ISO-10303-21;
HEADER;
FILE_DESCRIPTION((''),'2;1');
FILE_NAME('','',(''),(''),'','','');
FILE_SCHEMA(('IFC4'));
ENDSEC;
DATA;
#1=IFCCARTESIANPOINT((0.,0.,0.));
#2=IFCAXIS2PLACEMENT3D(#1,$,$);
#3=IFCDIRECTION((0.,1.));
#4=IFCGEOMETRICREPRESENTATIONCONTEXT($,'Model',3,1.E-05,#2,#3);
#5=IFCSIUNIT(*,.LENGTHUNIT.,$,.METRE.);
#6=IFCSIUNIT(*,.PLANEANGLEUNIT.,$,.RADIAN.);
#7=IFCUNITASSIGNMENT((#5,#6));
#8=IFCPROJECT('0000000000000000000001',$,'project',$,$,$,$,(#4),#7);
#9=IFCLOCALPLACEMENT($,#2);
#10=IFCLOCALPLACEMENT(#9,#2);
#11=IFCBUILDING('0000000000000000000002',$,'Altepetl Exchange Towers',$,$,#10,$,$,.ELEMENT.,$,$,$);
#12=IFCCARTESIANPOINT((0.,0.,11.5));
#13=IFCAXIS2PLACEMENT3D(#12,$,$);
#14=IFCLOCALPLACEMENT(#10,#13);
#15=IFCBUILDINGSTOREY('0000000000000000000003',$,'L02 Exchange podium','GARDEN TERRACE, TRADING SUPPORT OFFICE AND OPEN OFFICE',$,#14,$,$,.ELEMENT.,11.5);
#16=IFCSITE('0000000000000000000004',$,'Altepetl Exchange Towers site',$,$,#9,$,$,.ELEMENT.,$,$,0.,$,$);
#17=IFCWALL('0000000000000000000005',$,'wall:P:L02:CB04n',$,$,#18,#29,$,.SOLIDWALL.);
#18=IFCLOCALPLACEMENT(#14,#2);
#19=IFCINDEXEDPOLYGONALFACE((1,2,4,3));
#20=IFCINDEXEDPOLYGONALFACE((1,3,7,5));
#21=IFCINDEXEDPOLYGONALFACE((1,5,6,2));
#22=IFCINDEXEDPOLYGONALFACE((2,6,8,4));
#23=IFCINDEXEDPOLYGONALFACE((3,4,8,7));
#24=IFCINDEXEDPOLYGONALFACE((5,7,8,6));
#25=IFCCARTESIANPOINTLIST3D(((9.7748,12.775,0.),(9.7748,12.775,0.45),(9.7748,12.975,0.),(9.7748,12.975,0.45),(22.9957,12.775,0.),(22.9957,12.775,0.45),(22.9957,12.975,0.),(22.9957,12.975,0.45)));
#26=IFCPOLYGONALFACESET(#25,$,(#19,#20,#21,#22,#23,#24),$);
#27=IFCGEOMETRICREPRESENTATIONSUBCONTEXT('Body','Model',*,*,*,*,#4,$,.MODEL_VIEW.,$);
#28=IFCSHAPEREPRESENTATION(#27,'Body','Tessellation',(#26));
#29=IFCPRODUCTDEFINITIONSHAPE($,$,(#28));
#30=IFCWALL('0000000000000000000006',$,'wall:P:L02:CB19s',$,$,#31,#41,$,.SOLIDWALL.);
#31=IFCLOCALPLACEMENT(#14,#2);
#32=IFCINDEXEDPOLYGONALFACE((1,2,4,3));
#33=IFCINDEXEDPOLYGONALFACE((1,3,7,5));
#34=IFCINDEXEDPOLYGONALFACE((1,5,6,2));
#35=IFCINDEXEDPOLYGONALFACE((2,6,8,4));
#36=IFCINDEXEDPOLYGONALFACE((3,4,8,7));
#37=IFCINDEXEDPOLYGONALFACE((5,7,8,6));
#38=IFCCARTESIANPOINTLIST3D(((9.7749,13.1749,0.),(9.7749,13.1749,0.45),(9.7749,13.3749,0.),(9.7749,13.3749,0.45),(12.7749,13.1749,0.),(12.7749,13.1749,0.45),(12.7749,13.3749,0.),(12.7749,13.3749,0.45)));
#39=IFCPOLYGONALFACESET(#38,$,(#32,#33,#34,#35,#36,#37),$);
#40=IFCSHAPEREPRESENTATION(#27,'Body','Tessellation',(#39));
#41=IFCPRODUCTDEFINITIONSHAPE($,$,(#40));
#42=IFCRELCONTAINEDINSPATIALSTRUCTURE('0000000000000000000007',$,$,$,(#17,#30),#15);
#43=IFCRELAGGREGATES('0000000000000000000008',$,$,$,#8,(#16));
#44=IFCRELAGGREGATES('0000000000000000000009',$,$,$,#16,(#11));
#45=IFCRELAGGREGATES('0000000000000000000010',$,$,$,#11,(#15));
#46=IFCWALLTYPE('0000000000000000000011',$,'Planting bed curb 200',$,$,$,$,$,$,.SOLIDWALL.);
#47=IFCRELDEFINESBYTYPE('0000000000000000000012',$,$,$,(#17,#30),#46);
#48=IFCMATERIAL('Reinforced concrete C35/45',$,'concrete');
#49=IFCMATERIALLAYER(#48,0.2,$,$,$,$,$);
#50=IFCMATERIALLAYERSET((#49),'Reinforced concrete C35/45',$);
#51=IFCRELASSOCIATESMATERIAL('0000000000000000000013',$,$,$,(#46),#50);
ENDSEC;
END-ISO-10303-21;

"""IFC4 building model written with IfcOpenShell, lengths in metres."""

from ifc_helpers import new_model, si_unit, direction, frame, frame_2d, origin, place, context, subcontext, project, spatial, rectangle, extrude, material, layer, layer_set, type_object, element, save


model = new_model("IFC4")

# Units and contexts
model_context = context("Model", 3, precision=1e-05, world=origin(), true_north=direction((0.0, 1.0)))
body_context = subcontext(model_context, "Body", "Model", "MODEL_VIEW")
ifc_project = project(units=[si_unit("LENGTHUNIT", "METRE"), si_unit("PLANEANGLEUNIT", "RADIAN")], contexts=[model_context])

# Site, building, storey
site_placement = place(None, origin())
site = spatial("IfcSite", under=ifc_project, at=site_placement, Name="Altepetl Exchange Towers site", CompositionType="ELEMENT", RefElevation=0.0)
building_placement = place(site_placement, origin())
building = spatial("IfcBuilding", under=site, at=building_placement, Name="Altepetl Exchange Towers", CompositionType="ELEMENT")
storey_placement = place(building_placement, frame((0.0, 0.0, 11.5)))
storey = spatial("IfcBuildingStorey", under=building, at=storey_placement, Name="L02 Exchange podium", Description="GARDEN TERRACE, TRADING SUPPORT OFFICE AND OPEN OFFICE", CompositionType="ELEMENT", Elevation=11.5)

# Shared definitions
ifc_material_1 = material(Name="Reinforced concrete C35/45", Category="concrete")

# Walls
ifc_layer_1 = layer(ifc_material_1, 0.2)
ifc_layer_set_1 = layer_set([ifc_layer_1], Name="Reinforced concrete C35/45")
wall_type_1 = type_object("IfcWallType", Name="Planting bed curb 200", PredefinedType="SOLIDWALL", material=ifc_layer_set_1)
wall_1_placement = place(storey_placement, frame((9.7749, 12.875, 0.0)))
element("IfcWall", 1, at=wall_1_placement, inside=storey, type_object=wall_type_1, Name="wall:P:L02:CB04n", PredefinedType="SOLIDWALL", context=body_context, shape_type="SweptSolid", body=[
    extrude(rectangle(XDim=13.2209, YDim=0.2, at=frame_2d((6.6104, 0.0))), origin(), (0.0, 0.0, 1.0), 0.45),
])
wall_2_placement = place(storey_placement, frame((9.7749, 13.2749, 0.0)))
element("IfcWall", 2, at=wall_2_placement, inside=storey, type_object=wall_type_1, Name="wall:P:L02:CB19s", PredefinedType="SOLIDWALL", context=body_context, shape_type="SweptSolid", body=[
    extrude(rectangle(XDim=3.0, YDim=0.2, at=frame_2d((1.5, 0.0))), origin(), (0.0, 0.0, 1.0), 0.45),
])

save(model, "model.ifc")
